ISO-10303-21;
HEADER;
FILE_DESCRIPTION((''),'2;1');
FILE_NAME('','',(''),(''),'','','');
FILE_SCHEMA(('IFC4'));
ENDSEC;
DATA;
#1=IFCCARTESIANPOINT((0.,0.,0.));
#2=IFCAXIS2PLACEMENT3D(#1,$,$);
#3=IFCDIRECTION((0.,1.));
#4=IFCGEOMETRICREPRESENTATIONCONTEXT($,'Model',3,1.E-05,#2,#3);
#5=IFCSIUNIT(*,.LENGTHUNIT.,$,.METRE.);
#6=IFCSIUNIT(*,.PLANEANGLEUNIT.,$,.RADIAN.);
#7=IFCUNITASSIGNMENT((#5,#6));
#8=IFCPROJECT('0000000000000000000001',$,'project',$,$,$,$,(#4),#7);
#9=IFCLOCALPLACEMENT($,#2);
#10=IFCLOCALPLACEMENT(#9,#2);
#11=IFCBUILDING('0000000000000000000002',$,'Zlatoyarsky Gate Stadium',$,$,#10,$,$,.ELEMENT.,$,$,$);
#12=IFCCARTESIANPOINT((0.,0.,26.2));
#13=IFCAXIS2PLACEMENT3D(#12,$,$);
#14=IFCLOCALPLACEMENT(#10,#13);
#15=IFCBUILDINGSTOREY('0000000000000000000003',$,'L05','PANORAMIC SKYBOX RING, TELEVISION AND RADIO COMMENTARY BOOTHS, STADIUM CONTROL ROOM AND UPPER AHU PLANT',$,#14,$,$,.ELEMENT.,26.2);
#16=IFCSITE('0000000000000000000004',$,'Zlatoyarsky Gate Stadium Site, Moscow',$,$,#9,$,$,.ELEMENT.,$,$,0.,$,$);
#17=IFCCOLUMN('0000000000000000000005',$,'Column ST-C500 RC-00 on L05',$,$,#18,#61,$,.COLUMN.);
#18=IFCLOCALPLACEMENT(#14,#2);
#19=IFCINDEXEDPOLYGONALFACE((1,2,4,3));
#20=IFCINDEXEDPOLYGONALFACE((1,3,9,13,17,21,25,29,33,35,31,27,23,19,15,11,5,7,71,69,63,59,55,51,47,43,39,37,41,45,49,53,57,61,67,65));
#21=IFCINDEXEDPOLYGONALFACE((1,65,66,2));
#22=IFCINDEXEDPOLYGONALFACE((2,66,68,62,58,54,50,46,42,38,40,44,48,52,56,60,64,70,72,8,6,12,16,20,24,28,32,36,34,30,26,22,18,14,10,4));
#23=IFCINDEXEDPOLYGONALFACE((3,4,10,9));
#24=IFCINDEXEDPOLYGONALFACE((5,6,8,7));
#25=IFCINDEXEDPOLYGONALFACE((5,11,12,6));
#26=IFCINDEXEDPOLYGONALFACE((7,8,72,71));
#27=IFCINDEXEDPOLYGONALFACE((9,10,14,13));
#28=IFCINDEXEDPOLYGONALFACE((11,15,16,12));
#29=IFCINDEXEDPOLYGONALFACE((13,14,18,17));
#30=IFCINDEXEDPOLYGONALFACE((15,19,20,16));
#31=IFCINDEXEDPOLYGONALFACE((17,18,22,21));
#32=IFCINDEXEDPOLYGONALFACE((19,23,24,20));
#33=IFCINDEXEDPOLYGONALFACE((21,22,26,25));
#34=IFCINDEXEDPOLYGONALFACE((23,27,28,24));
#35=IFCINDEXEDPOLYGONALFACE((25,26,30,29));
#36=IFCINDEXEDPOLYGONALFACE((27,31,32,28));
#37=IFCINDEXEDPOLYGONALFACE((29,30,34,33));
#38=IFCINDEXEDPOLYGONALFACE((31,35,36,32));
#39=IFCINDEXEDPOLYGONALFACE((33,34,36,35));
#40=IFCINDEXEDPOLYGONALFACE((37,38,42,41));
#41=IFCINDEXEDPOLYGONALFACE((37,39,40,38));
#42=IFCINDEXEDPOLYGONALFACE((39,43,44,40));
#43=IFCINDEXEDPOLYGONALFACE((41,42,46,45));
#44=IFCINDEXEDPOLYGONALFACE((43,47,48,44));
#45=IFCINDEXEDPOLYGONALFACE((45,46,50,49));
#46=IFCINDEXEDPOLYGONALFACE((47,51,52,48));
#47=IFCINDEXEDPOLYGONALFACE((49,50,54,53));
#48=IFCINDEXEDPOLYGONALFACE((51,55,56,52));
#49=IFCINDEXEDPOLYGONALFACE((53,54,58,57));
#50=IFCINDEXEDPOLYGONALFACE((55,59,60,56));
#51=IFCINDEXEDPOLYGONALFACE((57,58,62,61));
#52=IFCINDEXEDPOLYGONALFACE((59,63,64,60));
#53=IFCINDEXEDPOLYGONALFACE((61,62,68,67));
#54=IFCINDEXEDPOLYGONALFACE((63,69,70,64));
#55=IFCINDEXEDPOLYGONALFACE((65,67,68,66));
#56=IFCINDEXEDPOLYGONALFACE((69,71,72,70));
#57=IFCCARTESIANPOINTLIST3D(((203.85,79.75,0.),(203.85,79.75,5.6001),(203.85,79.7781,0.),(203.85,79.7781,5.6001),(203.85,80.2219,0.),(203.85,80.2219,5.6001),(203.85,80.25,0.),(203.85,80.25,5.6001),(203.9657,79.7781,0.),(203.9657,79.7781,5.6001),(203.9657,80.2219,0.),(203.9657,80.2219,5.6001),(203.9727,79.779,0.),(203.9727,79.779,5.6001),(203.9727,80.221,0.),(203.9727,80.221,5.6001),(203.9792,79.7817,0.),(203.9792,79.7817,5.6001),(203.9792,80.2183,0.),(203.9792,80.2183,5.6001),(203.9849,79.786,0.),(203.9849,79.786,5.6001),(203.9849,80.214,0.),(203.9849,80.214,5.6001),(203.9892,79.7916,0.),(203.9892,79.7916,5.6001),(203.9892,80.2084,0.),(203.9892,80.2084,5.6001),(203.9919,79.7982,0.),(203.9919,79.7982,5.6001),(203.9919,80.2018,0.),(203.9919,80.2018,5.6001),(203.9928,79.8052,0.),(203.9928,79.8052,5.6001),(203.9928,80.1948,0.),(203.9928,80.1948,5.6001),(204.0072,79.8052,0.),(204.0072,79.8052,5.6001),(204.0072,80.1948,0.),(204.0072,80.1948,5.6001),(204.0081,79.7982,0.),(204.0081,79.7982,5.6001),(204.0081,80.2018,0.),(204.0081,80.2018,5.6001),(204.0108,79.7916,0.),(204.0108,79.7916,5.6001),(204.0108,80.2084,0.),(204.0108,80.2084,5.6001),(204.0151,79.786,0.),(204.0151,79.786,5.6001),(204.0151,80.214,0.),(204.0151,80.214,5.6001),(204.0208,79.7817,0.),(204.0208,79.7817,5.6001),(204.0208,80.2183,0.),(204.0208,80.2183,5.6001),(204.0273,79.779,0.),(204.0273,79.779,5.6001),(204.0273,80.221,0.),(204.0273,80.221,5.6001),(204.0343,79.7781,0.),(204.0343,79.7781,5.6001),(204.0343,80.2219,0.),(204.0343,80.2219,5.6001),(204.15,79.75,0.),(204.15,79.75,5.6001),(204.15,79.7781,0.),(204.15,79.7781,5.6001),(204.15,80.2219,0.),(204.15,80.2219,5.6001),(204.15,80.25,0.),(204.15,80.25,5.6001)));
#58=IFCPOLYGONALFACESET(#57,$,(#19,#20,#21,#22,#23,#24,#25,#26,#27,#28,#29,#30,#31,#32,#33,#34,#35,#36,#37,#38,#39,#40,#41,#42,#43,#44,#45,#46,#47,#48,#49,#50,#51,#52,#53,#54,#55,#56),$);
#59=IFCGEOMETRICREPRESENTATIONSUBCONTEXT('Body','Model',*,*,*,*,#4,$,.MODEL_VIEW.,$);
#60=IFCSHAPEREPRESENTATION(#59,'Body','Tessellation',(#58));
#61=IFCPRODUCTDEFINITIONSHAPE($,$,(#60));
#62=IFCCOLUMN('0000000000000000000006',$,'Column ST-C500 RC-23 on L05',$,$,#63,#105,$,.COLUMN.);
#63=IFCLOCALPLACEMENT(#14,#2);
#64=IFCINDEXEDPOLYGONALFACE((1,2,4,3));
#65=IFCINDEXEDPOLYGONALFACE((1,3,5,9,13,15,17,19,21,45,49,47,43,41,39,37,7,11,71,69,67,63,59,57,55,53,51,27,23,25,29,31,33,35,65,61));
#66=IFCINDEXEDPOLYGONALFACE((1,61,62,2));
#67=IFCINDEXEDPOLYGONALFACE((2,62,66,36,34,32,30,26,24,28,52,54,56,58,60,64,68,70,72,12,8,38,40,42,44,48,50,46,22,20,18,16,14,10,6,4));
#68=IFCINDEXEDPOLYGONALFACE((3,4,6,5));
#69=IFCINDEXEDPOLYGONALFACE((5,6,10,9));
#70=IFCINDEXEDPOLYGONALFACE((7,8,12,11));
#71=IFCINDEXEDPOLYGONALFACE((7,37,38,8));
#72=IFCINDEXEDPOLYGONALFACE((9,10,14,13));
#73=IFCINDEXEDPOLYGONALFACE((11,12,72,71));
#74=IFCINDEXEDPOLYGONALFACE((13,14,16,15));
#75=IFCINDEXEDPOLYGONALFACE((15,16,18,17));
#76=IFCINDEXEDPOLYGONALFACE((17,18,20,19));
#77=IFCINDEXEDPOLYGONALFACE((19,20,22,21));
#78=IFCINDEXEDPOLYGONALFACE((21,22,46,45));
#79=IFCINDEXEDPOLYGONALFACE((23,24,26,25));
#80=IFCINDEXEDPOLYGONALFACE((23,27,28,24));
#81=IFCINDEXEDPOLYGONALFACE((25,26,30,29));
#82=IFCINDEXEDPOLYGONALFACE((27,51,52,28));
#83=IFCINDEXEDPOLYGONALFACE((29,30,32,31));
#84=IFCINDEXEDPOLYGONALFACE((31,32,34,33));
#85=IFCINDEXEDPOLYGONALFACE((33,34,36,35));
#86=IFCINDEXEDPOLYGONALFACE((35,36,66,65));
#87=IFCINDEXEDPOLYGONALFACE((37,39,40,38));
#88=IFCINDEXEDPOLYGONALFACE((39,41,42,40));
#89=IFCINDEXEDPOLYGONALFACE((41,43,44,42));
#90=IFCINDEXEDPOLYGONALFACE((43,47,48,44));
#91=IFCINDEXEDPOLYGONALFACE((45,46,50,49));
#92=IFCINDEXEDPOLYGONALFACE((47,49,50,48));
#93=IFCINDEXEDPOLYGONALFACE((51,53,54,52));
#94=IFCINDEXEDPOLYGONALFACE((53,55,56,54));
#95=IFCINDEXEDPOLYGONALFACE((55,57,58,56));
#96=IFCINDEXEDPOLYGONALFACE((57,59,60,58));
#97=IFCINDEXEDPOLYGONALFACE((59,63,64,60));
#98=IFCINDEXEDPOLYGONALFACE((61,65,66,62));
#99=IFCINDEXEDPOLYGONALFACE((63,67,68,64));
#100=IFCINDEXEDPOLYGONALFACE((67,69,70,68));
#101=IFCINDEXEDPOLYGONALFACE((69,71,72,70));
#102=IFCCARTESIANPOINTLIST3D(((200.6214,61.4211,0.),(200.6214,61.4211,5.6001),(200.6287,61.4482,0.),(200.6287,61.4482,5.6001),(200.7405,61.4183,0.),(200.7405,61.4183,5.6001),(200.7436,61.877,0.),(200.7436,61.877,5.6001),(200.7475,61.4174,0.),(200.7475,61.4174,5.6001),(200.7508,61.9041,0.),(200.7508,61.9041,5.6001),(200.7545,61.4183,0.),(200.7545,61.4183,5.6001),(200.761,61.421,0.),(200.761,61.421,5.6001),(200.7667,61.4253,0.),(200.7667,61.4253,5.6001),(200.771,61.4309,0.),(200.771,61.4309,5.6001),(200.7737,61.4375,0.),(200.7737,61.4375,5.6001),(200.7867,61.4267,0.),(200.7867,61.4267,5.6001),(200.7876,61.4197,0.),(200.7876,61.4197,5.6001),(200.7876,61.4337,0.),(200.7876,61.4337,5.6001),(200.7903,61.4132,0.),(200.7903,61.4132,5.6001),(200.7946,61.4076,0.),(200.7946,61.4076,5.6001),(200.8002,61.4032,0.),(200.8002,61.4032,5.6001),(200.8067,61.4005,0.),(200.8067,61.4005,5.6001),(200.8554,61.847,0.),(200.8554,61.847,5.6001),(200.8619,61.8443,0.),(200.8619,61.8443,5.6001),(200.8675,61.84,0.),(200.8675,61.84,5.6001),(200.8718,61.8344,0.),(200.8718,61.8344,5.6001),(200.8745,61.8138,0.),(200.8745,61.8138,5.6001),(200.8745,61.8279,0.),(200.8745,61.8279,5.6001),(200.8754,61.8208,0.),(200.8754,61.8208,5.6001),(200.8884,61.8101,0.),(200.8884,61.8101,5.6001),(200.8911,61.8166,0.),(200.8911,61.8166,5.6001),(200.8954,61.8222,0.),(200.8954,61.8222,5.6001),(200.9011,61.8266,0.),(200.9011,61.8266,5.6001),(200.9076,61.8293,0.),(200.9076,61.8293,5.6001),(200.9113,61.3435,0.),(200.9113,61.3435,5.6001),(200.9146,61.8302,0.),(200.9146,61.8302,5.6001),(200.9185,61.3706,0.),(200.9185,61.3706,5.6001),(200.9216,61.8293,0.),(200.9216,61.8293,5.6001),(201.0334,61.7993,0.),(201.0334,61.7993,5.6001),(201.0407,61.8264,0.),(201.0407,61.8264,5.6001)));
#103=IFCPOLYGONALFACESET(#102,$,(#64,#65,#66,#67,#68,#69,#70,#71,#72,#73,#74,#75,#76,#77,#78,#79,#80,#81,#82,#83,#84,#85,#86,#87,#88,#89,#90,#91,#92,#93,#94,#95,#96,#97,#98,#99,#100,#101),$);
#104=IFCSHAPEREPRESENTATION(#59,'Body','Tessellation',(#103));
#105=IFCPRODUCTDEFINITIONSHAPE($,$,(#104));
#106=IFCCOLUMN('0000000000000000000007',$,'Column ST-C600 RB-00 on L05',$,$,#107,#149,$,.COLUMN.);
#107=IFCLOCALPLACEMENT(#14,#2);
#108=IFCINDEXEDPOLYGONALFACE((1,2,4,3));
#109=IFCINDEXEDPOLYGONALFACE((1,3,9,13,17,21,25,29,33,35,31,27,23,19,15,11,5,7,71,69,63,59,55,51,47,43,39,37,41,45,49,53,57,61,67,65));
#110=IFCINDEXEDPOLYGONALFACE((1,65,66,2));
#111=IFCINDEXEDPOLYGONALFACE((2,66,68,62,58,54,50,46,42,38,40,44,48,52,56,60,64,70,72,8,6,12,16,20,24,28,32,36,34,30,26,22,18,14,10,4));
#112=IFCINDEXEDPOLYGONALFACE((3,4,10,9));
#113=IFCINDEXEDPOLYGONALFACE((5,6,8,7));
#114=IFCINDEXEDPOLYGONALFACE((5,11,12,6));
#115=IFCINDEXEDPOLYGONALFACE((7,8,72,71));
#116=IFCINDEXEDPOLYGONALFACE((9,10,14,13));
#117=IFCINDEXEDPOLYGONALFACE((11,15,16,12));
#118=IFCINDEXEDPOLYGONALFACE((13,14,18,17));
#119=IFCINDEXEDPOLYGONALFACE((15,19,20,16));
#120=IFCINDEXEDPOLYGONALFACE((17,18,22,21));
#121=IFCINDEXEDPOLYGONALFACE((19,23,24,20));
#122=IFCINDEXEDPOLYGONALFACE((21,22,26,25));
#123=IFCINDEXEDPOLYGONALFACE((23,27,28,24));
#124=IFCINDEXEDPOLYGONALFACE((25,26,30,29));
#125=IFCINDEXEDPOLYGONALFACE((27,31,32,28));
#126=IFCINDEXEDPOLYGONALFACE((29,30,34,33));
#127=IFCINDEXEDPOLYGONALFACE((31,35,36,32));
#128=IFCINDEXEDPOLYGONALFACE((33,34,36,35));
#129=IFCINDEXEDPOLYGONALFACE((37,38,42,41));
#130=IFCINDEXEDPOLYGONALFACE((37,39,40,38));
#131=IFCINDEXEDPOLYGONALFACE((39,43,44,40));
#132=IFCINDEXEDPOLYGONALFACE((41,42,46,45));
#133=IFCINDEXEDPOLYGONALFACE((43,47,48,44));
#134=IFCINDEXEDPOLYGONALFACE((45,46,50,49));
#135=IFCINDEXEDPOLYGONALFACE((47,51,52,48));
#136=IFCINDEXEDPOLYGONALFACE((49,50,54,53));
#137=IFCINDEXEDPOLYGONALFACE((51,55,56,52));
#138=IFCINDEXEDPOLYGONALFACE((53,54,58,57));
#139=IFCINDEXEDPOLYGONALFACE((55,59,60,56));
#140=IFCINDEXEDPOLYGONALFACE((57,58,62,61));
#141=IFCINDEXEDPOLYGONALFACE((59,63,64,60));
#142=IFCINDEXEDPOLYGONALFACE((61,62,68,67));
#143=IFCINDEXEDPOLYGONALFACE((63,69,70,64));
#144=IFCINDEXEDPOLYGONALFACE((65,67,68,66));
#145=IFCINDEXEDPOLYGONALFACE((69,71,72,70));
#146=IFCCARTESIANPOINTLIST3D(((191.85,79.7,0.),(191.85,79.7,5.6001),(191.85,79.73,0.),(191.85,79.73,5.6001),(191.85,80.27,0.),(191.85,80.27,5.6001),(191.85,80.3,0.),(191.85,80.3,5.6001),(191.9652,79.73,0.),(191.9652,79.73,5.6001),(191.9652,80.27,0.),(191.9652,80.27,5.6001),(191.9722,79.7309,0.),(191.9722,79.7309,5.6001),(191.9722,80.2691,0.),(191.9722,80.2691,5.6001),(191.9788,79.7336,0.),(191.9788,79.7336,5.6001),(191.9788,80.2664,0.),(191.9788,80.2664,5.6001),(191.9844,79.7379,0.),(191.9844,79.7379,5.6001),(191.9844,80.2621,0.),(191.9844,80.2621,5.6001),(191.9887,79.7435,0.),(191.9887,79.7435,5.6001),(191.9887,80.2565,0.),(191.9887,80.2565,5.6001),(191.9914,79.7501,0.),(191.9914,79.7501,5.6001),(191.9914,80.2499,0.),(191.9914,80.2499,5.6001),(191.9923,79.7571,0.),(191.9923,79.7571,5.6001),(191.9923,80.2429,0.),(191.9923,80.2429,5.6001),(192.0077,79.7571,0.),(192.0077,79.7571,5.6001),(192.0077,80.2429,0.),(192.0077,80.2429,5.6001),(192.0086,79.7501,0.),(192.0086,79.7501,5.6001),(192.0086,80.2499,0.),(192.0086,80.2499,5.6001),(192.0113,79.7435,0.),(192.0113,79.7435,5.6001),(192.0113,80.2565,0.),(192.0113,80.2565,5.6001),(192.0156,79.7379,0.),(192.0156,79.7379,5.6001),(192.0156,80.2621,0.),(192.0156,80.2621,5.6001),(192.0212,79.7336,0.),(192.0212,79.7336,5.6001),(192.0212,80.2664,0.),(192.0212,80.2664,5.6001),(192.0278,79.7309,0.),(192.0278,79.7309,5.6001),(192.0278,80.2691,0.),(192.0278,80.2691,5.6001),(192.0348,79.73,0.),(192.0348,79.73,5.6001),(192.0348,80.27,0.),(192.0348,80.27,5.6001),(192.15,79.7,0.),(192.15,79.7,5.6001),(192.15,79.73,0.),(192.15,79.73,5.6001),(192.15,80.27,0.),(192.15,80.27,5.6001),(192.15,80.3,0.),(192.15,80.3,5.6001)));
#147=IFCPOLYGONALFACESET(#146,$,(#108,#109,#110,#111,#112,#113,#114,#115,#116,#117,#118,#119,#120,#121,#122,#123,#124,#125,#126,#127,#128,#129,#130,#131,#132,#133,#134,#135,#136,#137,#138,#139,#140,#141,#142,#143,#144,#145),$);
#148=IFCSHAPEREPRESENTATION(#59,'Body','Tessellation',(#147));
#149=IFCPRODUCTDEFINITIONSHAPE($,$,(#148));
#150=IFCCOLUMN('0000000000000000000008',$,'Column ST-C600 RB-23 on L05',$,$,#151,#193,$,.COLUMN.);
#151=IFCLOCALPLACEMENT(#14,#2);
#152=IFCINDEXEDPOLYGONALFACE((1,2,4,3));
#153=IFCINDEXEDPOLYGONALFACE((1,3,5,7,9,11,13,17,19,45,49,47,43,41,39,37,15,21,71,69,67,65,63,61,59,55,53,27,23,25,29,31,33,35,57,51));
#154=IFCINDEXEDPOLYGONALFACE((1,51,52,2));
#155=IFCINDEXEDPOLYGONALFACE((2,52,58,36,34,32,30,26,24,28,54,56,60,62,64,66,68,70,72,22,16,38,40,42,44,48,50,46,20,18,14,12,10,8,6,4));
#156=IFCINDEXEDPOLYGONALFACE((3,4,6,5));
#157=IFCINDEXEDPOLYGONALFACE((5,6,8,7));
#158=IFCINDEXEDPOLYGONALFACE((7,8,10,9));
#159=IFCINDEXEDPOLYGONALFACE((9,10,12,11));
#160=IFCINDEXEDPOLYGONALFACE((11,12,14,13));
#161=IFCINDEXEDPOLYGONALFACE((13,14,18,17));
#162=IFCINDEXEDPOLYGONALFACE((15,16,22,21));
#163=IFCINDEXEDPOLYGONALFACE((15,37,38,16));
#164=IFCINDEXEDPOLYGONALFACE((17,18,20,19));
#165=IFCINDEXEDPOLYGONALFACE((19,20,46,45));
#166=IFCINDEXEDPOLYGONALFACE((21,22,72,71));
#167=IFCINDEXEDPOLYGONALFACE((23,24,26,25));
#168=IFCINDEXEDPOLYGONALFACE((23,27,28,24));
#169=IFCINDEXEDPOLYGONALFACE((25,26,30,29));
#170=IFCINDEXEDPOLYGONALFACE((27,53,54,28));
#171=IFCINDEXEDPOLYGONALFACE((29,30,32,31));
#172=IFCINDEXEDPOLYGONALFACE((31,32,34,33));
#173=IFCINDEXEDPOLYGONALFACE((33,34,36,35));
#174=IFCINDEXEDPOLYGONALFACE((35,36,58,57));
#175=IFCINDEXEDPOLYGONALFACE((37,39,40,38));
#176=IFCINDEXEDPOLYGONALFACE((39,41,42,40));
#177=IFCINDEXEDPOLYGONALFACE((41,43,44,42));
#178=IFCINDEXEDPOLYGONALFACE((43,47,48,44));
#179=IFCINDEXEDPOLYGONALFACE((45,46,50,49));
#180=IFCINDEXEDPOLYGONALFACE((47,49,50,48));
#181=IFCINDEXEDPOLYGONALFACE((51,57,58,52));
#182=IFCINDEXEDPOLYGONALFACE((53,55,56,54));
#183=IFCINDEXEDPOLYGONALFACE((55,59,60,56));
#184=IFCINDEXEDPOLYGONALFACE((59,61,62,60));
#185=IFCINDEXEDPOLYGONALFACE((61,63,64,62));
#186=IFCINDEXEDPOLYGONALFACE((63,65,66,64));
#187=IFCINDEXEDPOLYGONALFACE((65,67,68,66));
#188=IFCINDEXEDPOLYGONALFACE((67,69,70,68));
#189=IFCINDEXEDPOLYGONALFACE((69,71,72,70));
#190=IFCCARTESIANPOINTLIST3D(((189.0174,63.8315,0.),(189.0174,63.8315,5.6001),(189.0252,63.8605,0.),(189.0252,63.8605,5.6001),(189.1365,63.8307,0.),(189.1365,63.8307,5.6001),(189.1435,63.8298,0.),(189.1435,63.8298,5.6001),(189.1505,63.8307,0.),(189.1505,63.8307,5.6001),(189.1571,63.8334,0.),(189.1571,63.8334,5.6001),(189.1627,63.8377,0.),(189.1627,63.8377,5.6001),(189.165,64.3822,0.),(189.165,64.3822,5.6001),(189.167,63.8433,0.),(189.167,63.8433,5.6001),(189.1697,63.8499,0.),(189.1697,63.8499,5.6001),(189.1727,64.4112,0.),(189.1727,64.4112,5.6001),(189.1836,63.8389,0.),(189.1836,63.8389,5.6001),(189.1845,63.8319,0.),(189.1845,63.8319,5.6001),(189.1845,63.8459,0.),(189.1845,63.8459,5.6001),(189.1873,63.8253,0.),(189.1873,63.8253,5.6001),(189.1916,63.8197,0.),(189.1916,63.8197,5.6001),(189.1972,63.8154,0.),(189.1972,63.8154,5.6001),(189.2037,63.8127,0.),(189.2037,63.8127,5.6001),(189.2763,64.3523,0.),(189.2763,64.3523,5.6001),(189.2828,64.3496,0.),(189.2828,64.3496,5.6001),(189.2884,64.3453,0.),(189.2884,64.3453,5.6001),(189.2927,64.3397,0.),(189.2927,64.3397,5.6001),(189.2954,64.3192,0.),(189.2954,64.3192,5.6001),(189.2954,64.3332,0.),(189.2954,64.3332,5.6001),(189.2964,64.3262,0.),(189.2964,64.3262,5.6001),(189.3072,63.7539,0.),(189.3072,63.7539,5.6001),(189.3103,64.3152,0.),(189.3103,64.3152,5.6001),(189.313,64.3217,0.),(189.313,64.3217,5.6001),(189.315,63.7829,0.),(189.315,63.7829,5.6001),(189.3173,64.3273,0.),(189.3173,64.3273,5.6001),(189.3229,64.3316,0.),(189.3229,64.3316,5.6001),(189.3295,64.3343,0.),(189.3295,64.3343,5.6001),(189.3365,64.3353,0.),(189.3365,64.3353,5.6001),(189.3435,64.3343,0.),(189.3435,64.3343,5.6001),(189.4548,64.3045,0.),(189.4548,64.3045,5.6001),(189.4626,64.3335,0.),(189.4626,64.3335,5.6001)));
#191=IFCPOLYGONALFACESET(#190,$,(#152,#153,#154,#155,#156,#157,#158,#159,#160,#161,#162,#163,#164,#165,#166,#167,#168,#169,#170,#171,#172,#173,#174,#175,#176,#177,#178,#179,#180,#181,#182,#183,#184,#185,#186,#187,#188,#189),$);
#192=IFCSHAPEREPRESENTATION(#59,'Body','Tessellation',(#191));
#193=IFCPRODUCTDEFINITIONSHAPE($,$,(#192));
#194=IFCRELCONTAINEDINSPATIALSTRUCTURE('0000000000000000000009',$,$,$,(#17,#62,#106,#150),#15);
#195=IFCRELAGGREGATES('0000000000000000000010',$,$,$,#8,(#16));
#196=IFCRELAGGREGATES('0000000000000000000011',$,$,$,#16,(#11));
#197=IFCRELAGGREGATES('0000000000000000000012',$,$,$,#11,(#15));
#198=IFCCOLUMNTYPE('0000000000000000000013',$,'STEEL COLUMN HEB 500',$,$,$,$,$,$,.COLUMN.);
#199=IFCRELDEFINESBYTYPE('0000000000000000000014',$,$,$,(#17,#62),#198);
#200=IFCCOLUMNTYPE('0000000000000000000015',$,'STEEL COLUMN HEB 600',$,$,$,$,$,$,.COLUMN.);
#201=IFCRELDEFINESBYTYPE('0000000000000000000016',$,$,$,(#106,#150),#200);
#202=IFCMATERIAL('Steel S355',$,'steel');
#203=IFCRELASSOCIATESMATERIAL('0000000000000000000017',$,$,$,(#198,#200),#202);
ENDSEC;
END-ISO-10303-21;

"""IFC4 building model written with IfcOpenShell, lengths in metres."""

from ifc_helpers import new_model, si_unit, direction, frame, origin, origin_2d, place, context, subcontext, project, spatial, i_section, extrude, material, material_profile, profile_set, type_object, element, save


model = new_model("IFC4")

# Units and contexts
model_context = context("Model", 3, precision=1e-05, world=origin(), true_north=direction((0.0, 1.0)))
body_context = subcontext(model_context, "Body", "Model", "MODEL_VIEW")
ifc_project = project(units=[si_unit("LENGTHUNIT", "METRE"), si_unit("PLANEANGLEUNIT", "RADIAN")], contexts=[model_context])

# Site, building, storey
site_placement = place(None, origin())
site = spatial("IfcSite", under=ifc_project, at=site_placement, Name="Zlatoyarsky Gate Stadium Site, Moscow", CompositionType="ELEMENT", RefElevation=0.0)
building_placement = place(site_placement, origin())
building = spatial("IfcBuilding", under=site, at=building_placement, Name="Zlatoyarsky Gate Stadium", CompositionType="ELEMENT")
storey_placement = place(building_placement, frame((0.0, 0.0, 26.2)))
storey = spatial("IfcBuildingStorey", under=building, at=storey_placement, Name="L05", Description="PANORAMIC SKYBOX RING, TELEVISION AND RADIO COMMENTARY BOOTHS, STADIUM CONTROL ROOM AND UPPER AHU PLANT", CompositionType="ELEMENT", Elevation=26.2)

# Columns
ifc_material_1 = material(Name="Steel S355", Category="steel")
ifc_material_profile_1 = material_profile(ifc_material_1, i_section(OverallWidth=0.3, OverallDepth=0.5, WebThickness=0.0144, FlangeThickness=0.0281, FilletRadius=0.0271, at=origin_2d()), Name="HEB 500")
ifc_profile_set_1 = profile_set([ifc_material_profile_1], Name="Steel S355")
column_type_1 = type_object("IfcColumnType", Name="STEEL COLUMN HEB 500", PredefinedType="COLUMN", material=ifc_profile_set_1)
for number, where, z_axis, x_axis, name in (
    (1, (204.0, 80.0, 0.0), (0.0, 0.0, 1.0), (1.0, 0.0, 0.0), "Column ST-C500 RC-00 on L05"),
    (2, (200.8311, 61.6238, 0.0), (0.0, 0.0, 1.0), (0.965926, -0.258819, 0.0), "Column ST-C500 RC-23 on L05"),
):
    element("IfcColumn", number, at=place(storey_placement, frame(where, z_axis=z_axis, x_axis=x_axis)), inside=storey, type_object=column_type_1, Name=name, PredefinedType="COLUMN", context=body_context, shape_type="SweptSolid", body=[
        extrude(i_section(OverallWidth=0.3, OverallDepth=0.5, WebThickness=0.0144, FlangeThickness=0.0281, FilletRadius=0.0271, at=origin_2d()), origin(), (0.0, 0.0, 1.0), 5.6001),
    ])
ifc_material_profile_2 = material_profile(ifc_material_1, i_section(OverallWidth=0.3, OverallDepth=0.6001, WebThickness=0.0154, FlangeThickness=0.03, FilletRadius=0.0271, at=origin_2d()), Name="HEB 600")
ifc_profile_set_2 = profile_set([ifc_material_profile_2], Name="Steel S355")
column_type_2 = type_object("IfcColumnType", Name="STEEL COLUMN HEB 600", PredefinedType="COLUMN", material=ifc_profile_set_2)
for number, where, z_axis, x_axis, name in (
    (3, (192.0, 80.0, 0.0), (0.0, 0.0, 1.0), (1.0, 0.0, 0.0), "Column ST-C600 RB-00 on L05"),
    (4, (189.24, 64.0825, 0.0), (0.0, 0.0, 1.0), (0.965926, -0.258819, 0.0), "Column ST-C600 RB-23 on L05"),
):
    element("IfcColumn", number, at=place(storey_placement, frame(where, z_axis=z_axis, x_axis=x_axis)), inside=storey, type_object=column_type_2, Name=name, PredefinedType="COLUMN", context=body_context, shape_type="SweptSolid", body=[
        extrude(i_section(OverallWidth=0.3, OverallDepth=0.6001, WebThickness=0.0154, FlangeThickness=0.03, FilletRadius=0.0271, at=origin_2d()), origin(), (0.0, 0.0, 1.0), 5.6001),
    ])

save(model, "model.ifc")
